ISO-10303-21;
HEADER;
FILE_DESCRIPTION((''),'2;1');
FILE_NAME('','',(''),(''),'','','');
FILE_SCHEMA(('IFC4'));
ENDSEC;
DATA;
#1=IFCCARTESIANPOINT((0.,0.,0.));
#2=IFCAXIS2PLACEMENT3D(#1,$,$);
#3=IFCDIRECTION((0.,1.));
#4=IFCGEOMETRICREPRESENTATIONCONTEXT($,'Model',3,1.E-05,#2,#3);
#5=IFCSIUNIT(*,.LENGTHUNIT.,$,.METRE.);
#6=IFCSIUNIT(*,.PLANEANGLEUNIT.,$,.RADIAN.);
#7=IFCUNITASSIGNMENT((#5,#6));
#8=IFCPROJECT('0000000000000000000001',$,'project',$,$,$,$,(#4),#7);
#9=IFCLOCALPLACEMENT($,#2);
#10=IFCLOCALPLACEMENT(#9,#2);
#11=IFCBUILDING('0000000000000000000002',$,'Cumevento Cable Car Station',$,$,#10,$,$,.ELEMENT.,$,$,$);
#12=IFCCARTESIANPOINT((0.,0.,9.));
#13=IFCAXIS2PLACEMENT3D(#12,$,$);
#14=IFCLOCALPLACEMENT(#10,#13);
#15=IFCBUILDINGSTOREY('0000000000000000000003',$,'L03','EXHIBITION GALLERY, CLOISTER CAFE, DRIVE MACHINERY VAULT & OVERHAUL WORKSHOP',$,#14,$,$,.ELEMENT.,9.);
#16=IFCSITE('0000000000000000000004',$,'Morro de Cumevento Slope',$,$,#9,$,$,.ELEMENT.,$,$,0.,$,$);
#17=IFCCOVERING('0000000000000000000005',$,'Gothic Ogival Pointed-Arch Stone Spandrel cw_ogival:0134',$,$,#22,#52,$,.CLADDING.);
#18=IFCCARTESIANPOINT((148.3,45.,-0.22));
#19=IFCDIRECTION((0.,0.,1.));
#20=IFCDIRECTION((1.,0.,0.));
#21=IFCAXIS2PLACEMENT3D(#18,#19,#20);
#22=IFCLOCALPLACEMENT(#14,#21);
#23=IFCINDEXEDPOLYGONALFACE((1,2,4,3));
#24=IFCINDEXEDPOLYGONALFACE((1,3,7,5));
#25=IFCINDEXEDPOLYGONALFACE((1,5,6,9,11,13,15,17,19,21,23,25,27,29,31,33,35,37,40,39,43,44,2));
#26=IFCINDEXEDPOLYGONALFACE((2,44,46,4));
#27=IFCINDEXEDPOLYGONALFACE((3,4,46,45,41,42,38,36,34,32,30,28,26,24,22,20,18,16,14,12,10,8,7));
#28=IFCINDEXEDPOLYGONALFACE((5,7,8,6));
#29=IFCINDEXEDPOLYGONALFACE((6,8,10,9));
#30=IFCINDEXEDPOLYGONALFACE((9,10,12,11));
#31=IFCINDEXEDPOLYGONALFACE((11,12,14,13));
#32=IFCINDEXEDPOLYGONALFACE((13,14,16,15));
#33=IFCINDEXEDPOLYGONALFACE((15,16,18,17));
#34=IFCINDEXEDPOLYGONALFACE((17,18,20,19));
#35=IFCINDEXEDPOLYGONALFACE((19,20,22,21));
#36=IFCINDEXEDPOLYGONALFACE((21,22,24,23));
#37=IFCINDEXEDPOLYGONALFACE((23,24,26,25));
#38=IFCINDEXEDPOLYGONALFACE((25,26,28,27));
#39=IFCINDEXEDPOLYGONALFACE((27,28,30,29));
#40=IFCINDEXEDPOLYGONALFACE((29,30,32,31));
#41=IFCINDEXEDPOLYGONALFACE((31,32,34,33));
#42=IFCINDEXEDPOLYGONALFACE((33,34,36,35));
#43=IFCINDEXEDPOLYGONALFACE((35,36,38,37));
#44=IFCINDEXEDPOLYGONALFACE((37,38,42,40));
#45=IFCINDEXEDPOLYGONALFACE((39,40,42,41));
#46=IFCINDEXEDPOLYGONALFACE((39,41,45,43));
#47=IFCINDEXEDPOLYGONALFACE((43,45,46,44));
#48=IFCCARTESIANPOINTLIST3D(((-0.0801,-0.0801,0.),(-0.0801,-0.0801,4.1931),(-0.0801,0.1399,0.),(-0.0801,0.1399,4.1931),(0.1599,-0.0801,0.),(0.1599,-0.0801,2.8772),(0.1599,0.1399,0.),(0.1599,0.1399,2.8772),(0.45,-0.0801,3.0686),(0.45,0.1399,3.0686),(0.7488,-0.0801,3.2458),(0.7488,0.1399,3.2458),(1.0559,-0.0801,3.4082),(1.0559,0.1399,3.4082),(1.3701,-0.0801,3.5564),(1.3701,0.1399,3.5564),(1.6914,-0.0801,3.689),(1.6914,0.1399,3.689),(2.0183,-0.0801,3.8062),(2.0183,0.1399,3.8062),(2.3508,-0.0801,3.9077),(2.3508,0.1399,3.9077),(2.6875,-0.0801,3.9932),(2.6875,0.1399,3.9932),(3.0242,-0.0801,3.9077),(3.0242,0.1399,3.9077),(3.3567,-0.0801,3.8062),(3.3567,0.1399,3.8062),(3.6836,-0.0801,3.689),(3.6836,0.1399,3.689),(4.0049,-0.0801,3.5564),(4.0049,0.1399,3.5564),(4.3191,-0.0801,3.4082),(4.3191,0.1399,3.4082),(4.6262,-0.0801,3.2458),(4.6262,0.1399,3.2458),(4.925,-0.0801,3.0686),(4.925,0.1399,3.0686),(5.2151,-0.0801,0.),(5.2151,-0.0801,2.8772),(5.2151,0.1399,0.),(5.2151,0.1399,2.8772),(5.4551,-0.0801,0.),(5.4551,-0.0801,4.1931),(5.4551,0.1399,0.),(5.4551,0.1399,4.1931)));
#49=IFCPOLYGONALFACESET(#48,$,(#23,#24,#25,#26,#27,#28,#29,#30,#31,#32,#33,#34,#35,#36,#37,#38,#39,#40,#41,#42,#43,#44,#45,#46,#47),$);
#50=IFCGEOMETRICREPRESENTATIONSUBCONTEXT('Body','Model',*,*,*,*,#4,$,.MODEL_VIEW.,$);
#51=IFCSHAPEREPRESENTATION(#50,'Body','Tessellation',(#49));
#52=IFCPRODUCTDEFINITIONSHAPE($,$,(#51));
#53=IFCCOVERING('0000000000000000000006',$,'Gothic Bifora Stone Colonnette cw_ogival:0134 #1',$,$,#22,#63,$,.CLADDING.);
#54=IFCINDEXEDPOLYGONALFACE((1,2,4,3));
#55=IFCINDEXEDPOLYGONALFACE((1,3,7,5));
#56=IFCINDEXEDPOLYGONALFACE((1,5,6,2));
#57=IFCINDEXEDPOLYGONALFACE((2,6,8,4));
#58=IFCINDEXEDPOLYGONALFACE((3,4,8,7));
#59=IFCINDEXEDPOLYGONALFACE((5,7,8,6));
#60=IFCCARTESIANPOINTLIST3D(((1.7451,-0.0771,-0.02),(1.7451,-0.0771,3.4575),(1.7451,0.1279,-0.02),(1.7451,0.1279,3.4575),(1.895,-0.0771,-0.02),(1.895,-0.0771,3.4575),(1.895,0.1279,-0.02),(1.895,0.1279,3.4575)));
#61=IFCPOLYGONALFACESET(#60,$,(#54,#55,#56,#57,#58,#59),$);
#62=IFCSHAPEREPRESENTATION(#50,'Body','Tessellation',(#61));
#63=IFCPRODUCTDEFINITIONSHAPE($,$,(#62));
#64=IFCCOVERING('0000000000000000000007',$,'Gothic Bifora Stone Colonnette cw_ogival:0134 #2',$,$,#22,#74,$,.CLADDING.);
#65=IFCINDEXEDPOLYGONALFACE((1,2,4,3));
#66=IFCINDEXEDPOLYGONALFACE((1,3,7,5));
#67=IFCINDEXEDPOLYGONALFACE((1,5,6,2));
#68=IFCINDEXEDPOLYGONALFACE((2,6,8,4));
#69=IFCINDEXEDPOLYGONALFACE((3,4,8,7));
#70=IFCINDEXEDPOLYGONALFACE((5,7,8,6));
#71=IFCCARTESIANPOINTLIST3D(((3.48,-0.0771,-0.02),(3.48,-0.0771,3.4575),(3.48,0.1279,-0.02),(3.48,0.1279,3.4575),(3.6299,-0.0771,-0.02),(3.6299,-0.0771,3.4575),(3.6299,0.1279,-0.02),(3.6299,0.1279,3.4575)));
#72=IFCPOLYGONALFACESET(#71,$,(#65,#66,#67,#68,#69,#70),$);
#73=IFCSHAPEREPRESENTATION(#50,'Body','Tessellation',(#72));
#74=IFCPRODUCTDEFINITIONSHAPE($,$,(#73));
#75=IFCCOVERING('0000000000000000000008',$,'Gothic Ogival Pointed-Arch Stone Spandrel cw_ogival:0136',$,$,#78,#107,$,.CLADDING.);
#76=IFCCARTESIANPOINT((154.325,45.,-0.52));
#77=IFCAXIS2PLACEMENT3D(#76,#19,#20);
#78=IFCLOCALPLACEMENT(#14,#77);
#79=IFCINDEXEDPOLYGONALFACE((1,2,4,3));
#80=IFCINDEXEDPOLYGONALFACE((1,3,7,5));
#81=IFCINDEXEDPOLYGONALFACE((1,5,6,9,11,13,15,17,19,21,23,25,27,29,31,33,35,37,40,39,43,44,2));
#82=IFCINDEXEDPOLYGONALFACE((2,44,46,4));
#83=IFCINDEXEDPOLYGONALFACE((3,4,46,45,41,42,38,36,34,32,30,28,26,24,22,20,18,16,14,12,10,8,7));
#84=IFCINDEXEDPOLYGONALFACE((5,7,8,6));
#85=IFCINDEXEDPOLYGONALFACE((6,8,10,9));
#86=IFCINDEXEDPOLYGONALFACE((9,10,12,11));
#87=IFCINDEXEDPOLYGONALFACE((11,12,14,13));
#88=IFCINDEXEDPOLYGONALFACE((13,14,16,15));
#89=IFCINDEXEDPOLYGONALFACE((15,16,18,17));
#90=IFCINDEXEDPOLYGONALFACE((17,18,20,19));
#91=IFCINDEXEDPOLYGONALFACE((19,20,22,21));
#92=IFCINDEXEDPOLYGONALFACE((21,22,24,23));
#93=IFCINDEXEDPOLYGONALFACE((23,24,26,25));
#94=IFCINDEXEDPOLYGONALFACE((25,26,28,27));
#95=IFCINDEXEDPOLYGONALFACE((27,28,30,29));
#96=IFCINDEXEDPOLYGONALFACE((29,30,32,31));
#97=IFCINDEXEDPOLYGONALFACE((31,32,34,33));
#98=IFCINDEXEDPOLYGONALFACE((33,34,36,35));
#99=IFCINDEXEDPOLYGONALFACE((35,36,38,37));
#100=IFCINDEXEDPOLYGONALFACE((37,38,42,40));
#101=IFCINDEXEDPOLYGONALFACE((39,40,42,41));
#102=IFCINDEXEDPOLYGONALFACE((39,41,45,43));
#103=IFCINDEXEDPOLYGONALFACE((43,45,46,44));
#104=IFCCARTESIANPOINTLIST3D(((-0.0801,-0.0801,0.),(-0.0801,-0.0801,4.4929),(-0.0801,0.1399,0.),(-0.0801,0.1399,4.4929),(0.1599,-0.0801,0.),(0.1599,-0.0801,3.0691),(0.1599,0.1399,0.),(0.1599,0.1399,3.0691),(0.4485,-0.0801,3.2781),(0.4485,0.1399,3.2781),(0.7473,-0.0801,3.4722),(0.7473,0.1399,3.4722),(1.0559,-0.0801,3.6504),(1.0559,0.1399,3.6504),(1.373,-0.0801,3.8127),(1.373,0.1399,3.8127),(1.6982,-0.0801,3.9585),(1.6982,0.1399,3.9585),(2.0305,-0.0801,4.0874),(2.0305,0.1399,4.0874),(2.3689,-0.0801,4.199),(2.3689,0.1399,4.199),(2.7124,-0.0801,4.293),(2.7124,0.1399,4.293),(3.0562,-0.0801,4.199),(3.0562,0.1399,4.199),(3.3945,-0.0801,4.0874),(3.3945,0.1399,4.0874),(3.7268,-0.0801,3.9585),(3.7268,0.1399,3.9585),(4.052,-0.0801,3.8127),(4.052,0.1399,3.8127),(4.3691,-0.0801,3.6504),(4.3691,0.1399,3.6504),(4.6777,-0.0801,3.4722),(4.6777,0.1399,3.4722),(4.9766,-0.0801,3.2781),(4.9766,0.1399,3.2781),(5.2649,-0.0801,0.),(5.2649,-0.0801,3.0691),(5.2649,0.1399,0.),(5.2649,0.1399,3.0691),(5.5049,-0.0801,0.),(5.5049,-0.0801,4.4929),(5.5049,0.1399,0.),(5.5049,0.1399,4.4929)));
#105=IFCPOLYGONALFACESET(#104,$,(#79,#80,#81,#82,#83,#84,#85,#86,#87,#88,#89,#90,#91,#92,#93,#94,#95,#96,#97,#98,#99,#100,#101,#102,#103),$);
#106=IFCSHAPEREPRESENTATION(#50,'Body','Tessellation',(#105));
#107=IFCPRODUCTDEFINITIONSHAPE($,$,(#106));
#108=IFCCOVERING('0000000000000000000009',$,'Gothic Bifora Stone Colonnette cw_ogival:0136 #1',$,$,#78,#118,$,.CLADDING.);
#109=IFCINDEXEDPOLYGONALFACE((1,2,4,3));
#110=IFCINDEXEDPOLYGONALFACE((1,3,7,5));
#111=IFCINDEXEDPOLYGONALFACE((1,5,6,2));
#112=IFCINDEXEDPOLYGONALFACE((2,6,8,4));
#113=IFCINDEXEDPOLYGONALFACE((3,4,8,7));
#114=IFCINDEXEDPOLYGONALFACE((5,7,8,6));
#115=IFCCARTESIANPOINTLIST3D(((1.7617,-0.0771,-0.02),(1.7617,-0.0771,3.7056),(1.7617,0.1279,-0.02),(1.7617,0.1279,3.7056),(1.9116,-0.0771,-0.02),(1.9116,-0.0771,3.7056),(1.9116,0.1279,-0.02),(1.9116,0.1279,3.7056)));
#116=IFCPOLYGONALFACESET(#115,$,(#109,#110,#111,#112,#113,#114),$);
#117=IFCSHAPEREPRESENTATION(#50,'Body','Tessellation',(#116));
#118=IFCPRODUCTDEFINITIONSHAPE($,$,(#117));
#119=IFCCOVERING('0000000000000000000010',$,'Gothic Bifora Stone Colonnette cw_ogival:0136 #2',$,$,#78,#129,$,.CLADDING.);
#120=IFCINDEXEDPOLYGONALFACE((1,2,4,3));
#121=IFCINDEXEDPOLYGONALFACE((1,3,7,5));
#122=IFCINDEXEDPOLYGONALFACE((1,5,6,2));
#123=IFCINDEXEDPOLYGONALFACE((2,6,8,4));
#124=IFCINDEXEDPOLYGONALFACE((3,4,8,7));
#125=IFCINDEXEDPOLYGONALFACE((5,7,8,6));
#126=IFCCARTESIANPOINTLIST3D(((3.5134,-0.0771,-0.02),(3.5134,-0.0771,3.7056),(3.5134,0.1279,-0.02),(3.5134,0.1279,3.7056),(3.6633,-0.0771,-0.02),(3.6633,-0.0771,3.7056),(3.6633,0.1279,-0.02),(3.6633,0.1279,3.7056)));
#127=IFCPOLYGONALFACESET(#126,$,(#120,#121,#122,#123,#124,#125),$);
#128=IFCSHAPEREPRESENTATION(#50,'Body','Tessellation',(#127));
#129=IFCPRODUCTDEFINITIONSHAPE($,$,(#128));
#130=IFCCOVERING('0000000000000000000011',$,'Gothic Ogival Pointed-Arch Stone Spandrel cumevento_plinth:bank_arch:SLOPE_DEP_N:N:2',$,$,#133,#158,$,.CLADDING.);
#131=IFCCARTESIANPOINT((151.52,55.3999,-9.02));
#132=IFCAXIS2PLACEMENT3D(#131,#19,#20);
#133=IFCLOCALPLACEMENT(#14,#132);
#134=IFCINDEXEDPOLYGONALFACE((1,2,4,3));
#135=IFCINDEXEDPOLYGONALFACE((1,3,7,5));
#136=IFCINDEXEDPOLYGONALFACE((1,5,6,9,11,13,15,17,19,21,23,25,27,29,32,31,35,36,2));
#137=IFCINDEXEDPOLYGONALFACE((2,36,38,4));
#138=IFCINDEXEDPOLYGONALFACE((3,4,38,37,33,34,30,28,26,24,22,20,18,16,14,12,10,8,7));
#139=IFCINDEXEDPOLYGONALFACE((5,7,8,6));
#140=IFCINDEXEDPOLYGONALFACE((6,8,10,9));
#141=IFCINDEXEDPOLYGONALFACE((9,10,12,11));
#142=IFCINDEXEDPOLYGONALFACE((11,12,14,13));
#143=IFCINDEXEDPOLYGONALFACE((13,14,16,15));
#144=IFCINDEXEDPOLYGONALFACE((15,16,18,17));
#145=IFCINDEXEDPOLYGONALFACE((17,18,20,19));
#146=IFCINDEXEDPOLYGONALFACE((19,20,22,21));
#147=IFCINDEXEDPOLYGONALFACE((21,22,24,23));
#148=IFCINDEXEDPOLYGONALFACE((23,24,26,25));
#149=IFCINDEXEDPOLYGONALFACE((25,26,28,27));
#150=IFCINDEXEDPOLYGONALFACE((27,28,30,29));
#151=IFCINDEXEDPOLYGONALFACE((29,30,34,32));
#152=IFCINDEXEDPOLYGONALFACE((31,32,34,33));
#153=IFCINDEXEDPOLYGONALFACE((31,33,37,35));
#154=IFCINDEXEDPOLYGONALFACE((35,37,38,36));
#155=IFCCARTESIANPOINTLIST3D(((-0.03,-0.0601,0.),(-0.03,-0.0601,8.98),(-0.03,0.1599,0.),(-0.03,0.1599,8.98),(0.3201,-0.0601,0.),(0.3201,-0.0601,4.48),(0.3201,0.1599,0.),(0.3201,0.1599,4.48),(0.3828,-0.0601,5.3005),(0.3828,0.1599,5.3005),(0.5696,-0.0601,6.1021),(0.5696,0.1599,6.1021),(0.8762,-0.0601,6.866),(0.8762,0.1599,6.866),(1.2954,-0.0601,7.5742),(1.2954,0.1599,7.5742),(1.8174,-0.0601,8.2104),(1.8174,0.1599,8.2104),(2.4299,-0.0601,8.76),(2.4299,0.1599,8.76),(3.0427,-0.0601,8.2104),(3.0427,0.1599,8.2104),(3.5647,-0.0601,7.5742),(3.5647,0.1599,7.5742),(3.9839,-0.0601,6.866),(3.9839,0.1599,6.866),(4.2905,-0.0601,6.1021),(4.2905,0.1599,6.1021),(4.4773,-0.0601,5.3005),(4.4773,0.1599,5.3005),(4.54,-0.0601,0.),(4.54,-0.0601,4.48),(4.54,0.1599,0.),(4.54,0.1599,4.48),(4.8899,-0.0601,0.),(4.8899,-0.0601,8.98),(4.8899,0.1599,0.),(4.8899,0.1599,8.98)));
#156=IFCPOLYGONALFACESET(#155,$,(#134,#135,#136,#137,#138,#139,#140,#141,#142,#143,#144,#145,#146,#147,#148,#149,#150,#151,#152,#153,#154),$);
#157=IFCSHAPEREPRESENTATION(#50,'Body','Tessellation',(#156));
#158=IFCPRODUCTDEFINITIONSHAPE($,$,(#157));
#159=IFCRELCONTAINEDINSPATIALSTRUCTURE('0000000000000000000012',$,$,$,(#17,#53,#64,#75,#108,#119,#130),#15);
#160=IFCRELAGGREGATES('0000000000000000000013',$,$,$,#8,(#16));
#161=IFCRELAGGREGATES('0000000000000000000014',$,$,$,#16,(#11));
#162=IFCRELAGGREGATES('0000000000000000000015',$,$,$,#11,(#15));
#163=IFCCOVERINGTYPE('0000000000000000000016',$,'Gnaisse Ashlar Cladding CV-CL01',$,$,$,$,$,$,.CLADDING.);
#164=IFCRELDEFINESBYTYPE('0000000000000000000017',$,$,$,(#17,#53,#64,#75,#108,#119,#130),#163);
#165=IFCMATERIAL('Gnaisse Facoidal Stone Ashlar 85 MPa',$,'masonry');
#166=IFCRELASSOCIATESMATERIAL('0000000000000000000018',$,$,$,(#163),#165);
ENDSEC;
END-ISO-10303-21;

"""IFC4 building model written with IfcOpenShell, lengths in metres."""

from ifc_helpers import new_model, si_unit, direction, frame, origin, place, context, subcontext, project, spatial, polyline, outline, extrude, material, type_object, element, save


model = new_model("IFC4")

# Units and contexts
model_context = context("Model", 3, precision=1e-05, world=origin(), true_north=direction((0.0, 1.0)))
body_context = subcontext(model_context, "Body", "Model", "MODEL_VIEW")
ifc_project = project(units=[si_unit("LENGTHUNIT", "METRE"), si_unit("PLANEANGLEUNIT", "RADIAN")], contexts=[model_context])

# Site, building, storey
site_placement = place(None, origin())
site = spatial("IfcSite", under=ifc_project, at=site_placement, Name="Morro de Cumevento Slope", CompositionType="ELEMENT", RefElevation=0.0)
building_placement = place(site_placement, origin())
building = spatial("IfcBuilding", under=site, at=building_placement, Name="Cumevento Cable Car Station", CompositionType="ELEMENT")
storey_placement = place(building_placement, frame((0.0, 0.0, 9.0)))
storey = spatial("IfcBuildingStorey", under=building, at=storey_placement, Name="L03", Description="EXHIBITION GALLERY, CLOISTER CAFE, DRIVE MACHINERY VAULT & OVERHAUL WORKSHOP", CompositionType="ELEMENT", Elevation=9.0)

# Coverings
ifc_material_1 = material(Name="Gnaisse Facoidal Stone Ashlar 85 MPa", Category="masonry")
covering_type = type_object("IfcCoveringType", Name="Gnaisse Ashlar Cladding CV-CL01", PredefinedType="CLADDING", material=ifc_material_1)
placement_1 = place(storey_placement, frame((148.3, 45.0, -0.22), z_axis=(0.0, 0.0, 1.0), x_axis=(1.0, 0.0, 0.0)))
element("IfcCovering", 1, at=placement_1, inside=storey, type_object=covering_type, Name="Gothic Ogival Pointed-Arch Stone Spandrel cw_ogival:0134", PredefinedType="CLADDING", context=body_context, shape_type="SweptSolid", body=[
    extrude(outline(polyline([(-0.0801, 0.0), (-0.0801, 4.1931), (5.4551, 4.1931), (5.4551, 0.0), (5.2151, 0.0), (5.2151, 2.8772), (4.925, 3.0686), (4.6262, 3.2458), (4.3191, 3.4082), (4.0049, 3.5564), (3.6836, 3.689), (3.3567, 3.8062), (3.0242, 3.9077), (2.6875, 3.9932), (2.3508, 3.9077), (2.0183, 3.8062), (1.6914, 3.689), (1.3701, 3.5564), (1.0559, 3.4082), (0.7488, 3.2458), (0.45, 3.0686), (0.1599, 2.8772), (0.1599, 0.0), (-0.0801, 0.0)])), frame((0.0, 0.1399, 0.0), z_axis=(0.0, -1.0, 0.0), x_axis=(1.0, 0.0, 0.0)), (0.0, 0.0, 1.0), 0.22),
])
element("IfcCovering", 2, at=placement_1, inside=storey, type_object=covering_type, Name="Gothic Bifora Stone Colonnette cw_ogival:0134 #1", PredefinedType="CLADDING", context=body_context, shape_type="SweptSolid", body=[
    extrude(outline(polyline([(1.7451, -0.02), (1.895, -0.02), (1.895, 3.4575), (1.7451, 3.4575), (1.7451, -0.02)])), frame((0.0, 0.1279, 0.0), z_axis=(0.0, -1.0, 0.0), x_axis=(1.0, 0.0, 0.0)), (0.0, 0.0, 1.0), 0.2051),
])
element("IfcCovering", 3, at=placement_1, inside=storey, type_object=covering_type, Name="Gothic Bifora Stone Colonnette cw_ogival:0134 #2", PredefinedType="CLADDING", context=body_context, shape_type="SweptSolid", body=[
    extrude(outline(polyline([(3.48, -0.02), (3.6299, -0.02), (3.6299, 3.4575), (3.48, 3.4575), (3.48, -0.02)])), frame((0.0, 0.1279, 0.0), z_axis=(0.0, -1.0, 0.0), x_axis=(1.0, 0.0, 0.0)), (0.0, 0.0, 1.0), 0.2051),
])
placement_2 = place(storey_placement, frame((154.325, 45.0, -0.52), z_axis=(0.0, 0.0, 1.0), x_axis=(1.0, 0.0, 0.0)))
element("IfcCovering", 4, at=placement_2, inside=storey, type_object=covering_type, Name="Gothic Ogival Pointed-Arch Stone Spandrel cw_ogival:0136", PredefinedType="CLADDING", context=body_context, shape_type="SweptSolid", body=[
    extrude(outline(polyline([(-0.0801, 0.0), (-0.0801, 4.4929), (5.5049, 4.4929), (5.5049, 0.0), (5.2649, 0.0), (5.2649, 3.0691), (4.9766, 3.2781), (4.6777, 3.4722), (4.3691, 3.6504), (4.052, 3.8127), (3.7268, 3.9585), (3.3945, 4.0874), (3.0562, 4.199), (2.7124, 4.293), (2.3689, 4.199), (2.0305, 4.0874), (1.6982, 3.9585), (1.373, 3.8127), (1.0559, 3.6504), (0.7473, 3.4722), (0.4485, 3.2781), (0.1599, 3.0691), (0.1599, 0.0), (-0.0801, 0.0)])), frame((0.0, 0.1399, 0.0), z_axis=(0.0, -1.0, 0.0), x_axis=(1.0, 0.0, 0.0)), (0.0, 0.0, 1.0), 0.22),
])
element("IfcCovering", 5, at=placement_2, inside=storey, type_object=covering_type, Name="Gothic Bifora Stone Colonnette cw_ogival:0136 #1", PredefinedType="CLADDING", context=body_context, shape_type="SweptSolid", body=[
    extrude(outline(polyline([(1.7617, -0.02), (1.9116, -0.02), (1.9116, 3.7056), (1.7617, 3.7056), (1.7617, -0.02)])), frame((0.0, 0.1279, 0.0), z_axis=(0.0, -1.0, 0.0), x_axis=(1.0, 0.0, 0.0)), (0.0, 0.0, 1.0), 0.2051),
])
element("IfcCovering", 6, at=placement_2, inside=storey, type_object=covering_type, Name="Gothic Bifora Stone Colonnette cw_ogival:0136 #2", PredefinedType="CLADDING", context=body_context, shape_type="SweptSolid", body=[
    extrude(outline(polyline([(3.5134, -0.02), (3.6633, -0.02), (3.6633, 3.7056), (3.5134, 3.7056), (3.5134, -0.02)])), frame((0.0, 0.1279, 0.0), z_axis=(0.0, -1.0, 0.0), x_axis=(1.0, 0.0, 0.0)), (0.0, 0.0, 1.0), 0.2051),
])
covering_1_placement = place(storey_placement, frame((151.52, 55.3999, -9.02), z_axis=(0.0, 0.0, 1.0), x_axis=(1.0, 0.0, 0.0)))
element("IfcCovering", 7, at=covering_1_placement, inside=storey, type_object=covering_type, Name="Gothic Ogival Pointed-Arch Stone Spandrel cumevento_plinth:bank_arch:SLOPE_DEP_N:N:2", PredefinedType="CLADDING", context=body_context, shape_type="SweptSolid", body=[
    extrude(outline(polyline([(-0.03, 0.0), (-0.03, 8.98), (4.8899, 8.98), (4.8899, 0.0), (4.54, 0.0), (4.54, 4.48), (4.4773, 5.3005), (4.2905, 6.1021), (3.9839, 6.866), (3.5647, 7.5742), (3.0427, 8.2104), (2.4299, 8.76), (1.8174, 8.2104), (1.2954, 7.5742), (0.8762, 6.866), (0.5696, 6.1021), (0.3828, 5.3005), (0.3201, 4.48), (0.3201, 0.0), (-0.03, 0.0)])), frame((0.0, 0.1599, 0.0), z_axis=(0.0, -1.0, 0.0), x_axis=(1.0, 0.0, 0.0)), (0.0, 0.0, 1.0), 0.22),
])

save(model, "model.ifc")
